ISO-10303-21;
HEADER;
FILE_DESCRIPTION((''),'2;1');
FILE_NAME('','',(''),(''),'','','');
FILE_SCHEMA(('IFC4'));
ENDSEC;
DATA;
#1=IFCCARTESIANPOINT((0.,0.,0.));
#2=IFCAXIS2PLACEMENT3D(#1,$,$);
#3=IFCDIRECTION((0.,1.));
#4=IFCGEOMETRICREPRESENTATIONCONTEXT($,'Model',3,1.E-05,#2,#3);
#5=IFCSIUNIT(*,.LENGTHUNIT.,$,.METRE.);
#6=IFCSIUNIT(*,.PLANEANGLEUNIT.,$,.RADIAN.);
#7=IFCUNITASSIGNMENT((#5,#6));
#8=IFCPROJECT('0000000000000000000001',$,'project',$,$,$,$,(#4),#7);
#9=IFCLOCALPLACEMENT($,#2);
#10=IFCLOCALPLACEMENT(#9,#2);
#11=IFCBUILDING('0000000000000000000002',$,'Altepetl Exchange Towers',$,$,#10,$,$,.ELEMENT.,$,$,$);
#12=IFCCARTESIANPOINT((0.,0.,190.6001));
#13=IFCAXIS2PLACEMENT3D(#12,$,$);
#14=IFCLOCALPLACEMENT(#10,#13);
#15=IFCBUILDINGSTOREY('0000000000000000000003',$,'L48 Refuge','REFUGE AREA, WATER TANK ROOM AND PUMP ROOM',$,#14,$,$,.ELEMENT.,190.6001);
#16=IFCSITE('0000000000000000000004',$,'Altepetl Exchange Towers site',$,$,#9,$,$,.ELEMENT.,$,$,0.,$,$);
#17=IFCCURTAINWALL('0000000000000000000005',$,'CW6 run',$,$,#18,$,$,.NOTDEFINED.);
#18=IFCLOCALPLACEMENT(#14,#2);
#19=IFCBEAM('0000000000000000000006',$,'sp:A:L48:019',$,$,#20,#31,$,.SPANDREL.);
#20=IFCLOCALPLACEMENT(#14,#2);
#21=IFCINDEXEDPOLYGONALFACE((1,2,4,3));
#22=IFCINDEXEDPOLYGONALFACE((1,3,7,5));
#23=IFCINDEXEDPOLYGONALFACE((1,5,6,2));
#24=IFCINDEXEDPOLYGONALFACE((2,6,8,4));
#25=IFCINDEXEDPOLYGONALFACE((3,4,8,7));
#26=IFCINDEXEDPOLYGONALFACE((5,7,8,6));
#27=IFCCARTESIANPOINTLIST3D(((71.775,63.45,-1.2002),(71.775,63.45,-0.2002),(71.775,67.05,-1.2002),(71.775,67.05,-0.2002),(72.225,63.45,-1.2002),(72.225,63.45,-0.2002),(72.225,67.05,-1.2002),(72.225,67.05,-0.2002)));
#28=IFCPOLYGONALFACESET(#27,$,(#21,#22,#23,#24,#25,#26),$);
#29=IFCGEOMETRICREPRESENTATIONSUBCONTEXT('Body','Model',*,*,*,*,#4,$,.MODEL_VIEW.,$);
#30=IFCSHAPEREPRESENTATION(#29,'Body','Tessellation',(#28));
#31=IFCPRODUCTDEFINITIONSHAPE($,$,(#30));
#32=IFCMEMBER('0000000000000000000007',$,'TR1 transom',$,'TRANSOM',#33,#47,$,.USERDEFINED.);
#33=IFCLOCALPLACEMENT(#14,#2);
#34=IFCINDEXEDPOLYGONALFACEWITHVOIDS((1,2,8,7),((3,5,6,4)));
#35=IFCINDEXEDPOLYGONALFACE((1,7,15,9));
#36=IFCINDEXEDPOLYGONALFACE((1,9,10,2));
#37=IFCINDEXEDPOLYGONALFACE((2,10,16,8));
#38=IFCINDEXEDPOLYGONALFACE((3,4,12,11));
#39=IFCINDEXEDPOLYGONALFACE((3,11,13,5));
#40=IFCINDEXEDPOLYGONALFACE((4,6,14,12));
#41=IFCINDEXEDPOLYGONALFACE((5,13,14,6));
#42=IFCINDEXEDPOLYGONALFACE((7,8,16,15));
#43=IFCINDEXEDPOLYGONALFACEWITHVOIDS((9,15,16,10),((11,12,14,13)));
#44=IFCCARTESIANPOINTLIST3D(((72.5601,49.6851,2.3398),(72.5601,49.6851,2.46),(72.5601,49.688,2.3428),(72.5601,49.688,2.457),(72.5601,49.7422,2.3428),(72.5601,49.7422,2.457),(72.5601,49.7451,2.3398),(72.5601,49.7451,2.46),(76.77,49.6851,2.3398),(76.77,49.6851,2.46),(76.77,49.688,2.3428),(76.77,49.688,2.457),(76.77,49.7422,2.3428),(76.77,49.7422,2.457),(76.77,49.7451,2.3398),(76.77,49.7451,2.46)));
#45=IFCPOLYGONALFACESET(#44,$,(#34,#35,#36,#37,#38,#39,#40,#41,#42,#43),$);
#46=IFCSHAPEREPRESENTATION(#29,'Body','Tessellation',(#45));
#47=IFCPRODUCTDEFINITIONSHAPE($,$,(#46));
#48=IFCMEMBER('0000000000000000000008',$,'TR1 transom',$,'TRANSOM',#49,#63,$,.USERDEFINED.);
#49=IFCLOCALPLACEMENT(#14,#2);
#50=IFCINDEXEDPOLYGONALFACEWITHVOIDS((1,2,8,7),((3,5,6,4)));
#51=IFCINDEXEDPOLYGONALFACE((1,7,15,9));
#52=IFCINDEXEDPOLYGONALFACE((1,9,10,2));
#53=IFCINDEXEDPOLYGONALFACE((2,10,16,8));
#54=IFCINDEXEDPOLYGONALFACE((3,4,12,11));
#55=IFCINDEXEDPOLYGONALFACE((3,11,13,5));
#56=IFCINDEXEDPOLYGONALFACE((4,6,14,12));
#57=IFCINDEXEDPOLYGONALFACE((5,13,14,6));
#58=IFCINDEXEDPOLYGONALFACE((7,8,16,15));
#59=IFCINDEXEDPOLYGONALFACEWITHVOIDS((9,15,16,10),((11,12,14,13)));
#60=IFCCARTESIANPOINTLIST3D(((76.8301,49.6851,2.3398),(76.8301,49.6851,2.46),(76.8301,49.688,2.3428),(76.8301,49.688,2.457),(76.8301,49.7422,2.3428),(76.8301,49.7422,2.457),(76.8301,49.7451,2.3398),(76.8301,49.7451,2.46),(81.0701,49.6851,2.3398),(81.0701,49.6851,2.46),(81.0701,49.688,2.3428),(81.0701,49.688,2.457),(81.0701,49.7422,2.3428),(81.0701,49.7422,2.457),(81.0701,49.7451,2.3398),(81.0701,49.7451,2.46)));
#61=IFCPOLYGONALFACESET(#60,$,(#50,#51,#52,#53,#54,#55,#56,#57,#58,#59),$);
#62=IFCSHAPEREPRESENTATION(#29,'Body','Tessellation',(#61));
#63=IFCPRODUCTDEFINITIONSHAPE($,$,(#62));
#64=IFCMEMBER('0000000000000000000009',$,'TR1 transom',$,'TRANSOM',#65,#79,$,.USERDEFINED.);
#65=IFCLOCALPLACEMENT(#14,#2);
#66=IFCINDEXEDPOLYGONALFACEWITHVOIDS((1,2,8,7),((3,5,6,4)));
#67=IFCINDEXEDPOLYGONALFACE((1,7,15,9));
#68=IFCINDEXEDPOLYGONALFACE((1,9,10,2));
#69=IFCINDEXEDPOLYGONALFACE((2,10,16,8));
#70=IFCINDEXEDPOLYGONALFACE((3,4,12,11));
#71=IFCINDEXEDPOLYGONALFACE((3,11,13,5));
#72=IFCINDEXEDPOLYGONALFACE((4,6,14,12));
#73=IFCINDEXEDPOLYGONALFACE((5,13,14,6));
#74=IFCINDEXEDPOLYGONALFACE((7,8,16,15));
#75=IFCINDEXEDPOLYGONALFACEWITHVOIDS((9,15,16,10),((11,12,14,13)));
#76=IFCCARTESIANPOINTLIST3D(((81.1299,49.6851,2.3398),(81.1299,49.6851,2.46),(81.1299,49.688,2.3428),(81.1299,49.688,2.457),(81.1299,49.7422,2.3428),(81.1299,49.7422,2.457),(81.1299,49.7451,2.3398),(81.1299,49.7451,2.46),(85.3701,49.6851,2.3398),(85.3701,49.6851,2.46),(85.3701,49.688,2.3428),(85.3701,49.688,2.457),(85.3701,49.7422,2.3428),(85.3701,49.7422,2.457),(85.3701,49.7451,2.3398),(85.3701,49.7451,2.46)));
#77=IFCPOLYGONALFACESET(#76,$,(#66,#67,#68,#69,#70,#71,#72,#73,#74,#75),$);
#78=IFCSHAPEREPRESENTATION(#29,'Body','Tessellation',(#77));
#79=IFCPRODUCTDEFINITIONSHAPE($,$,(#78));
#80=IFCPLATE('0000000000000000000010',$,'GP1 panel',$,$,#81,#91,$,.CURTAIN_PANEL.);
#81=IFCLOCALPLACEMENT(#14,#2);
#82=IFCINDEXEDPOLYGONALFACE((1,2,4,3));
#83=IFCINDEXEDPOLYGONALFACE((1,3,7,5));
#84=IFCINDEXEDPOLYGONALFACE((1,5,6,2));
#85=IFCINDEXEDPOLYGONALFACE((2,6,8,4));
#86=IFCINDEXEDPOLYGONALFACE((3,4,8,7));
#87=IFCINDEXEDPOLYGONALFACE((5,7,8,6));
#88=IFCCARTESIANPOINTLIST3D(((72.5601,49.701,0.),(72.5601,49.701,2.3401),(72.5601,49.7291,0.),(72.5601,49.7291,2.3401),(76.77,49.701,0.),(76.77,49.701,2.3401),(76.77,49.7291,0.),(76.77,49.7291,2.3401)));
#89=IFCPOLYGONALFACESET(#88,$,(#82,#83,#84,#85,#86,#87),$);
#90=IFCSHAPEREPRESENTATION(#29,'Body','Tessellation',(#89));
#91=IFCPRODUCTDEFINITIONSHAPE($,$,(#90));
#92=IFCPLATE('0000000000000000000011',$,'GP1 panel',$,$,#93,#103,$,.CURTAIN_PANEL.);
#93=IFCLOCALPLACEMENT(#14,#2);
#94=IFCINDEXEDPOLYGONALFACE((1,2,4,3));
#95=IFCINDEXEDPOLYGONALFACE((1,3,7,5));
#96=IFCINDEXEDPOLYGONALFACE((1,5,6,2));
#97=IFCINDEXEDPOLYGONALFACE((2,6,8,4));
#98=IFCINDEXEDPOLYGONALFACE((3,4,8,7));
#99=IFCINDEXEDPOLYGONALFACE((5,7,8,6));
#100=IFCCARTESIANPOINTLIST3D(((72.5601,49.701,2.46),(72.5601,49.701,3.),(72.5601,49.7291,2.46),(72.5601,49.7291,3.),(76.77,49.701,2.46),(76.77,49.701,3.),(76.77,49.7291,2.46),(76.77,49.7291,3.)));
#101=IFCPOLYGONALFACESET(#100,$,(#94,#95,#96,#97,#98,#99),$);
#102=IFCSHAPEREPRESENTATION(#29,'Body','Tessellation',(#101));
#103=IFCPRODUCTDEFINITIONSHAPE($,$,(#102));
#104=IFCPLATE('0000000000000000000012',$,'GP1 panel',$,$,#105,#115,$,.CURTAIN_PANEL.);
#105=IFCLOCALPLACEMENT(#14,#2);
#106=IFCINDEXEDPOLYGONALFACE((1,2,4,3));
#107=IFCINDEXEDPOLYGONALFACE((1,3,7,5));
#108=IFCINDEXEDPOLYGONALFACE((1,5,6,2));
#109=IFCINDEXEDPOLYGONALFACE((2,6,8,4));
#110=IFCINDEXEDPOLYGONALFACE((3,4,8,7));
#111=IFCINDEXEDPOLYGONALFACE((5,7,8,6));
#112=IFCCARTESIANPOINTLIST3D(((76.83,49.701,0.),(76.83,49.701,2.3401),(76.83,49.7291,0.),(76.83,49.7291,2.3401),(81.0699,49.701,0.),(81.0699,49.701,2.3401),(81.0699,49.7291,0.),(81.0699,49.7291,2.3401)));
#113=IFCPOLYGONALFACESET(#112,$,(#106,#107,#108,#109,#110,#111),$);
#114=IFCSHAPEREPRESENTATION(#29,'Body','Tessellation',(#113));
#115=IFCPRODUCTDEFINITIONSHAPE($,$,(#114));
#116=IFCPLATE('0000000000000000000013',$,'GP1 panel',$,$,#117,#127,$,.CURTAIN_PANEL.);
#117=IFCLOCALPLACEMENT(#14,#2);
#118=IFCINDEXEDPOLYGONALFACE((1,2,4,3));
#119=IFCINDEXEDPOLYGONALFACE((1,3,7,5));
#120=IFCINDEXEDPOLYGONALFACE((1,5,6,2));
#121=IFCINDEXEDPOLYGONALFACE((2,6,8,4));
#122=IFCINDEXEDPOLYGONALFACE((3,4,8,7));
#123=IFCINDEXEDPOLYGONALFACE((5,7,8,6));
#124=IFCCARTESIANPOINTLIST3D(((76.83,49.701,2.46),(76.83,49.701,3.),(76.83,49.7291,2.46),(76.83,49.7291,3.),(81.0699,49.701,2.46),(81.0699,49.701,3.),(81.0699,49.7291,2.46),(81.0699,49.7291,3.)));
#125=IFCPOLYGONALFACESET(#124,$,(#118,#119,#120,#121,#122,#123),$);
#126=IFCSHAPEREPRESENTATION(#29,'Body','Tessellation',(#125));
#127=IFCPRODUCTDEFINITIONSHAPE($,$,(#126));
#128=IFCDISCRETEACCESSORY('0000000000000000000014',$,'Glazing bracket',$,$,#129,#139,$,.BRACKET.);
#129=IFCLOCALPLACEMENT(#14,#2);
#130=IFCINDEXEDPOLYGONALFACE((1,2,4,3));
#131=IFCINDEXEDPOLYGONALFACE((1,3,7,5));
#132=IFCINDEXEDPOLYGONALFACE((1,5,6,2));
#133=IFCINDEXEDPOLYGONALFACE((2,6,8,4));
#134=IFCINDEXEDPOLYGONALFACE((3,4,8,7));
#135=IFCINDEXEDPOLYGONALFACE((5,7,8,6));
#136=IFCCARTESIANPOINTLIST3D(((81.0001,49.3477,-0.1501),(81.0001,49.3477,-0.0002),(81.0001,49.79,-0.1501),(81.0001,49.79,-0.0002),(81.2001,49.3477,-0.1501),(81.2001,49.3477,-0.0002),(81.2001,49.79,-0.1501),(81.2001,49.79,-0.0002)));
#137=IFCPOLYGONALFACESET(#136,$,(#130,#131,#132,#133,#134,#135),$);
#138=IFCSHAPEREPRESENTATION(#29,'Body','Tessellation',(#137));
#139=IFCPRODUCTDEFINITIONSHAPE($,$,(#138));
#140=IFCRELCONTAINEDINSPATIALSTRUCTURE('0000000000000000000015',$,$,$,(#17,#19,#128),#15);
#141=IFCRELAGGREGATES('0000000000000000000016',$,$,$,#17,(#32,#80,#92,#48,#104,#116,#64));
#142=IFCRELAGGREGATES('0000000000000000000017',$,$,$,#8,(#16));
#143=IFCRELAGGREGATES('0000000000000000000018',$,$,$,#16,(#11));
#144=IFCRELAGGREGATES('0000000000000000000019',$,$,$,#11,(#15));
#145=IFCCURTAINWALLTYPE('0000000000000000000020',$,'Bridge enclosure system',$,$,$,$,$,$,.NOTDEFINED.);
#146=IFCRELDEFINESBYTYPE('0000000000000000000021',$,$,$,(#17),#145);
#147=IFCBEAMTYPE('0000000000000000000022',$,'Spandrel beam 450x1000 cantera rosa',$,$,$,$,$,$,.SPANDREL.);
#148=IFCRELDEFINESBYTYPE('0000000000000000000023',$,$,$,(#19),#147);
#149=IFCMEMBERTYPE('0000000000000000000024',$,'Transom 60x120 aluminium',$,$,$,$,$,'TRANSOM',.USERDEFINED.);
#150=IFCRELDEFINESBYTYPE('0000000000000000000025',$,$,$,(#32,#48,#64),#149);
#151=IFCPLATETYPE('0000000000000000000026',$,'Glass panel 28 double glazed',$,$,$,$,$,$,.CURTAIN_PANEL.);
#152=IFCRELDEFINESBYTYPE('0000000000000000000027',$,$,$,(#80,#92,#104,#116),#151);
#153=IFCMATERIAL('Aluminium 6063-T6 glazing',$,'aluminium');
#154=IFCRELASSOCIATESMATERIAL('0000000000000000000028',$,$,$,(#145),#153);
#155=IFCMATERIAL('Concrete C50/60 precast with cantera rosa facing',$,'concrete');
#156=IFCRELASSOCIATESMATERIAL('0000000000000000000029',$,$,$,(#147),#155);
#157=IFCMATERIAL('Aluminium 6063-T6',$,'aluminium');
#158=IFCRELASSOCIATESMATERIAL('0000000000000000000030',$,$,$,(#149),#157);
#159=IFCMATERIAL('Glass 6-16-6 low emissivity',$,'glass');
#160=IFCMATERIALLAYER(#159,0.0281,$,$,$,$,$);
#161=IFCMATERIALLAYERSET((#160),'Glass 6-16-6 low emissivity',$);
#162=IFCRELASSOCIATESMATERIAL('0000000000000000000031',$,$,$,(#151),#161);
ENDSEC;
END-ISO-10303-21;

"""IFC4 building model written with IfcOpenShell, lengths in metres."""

from ifc_helpers import new_model, si_unit, direction, frame, origin, origin_2d, place, context, subcontext, project, spatial, rectangle, hollow_rectangle, extrude, material, layer, layer_set, material_profile, profile_set, type_object, element, aggregate, save


model = new_model("IFC4")

# Units and contexts
model_context = context("Model", 3, precision=1e-05, world=origin(), true_north=direction((0.0, 1.0)))
body_context = subcontext(model_context, "Body", "Model", "MODEL_VIEW")
ifc_project = project(units=[si_unit("LENGTHUNIT", "METRE"), si_unit("PLANEANGLEUNIT", "RADIAN")], contexts=[model_context])

# Site, building, storey
site_placement = place(None, origin())
site = spatial("IfcSite", under=ifc_project, at=site_placement, Name="Altepetl Exchange Towers site", CompositionType="ELEMENT", RefElevation=0.0)
building_placement = place(site_placement, origin())
building = spatial("IfcBuilding", under=site, at=building_placement, Name="Altepetl Exchange Towers", CompositionType="ELEMENT")
storey_placement = place(building_placement, frame((0.0, 0.0, 190.6001)))
storey = spatial("IfcBuildingStorey", under=building, at=storey_placement, Name="L48 Refuge", Description="REFUGE AREA, WATER TANK ROOM AND PUMP ROOM", CompositionType="ELEMENT", Elevation=190.6001)

# Curtain wall
ifc_material_1 = material(Name="Aluminium 6063-T6 glazing", Category="aluminium")
curtain_wall_type = type_object("IfcCurtainWallType", Name="Bridge enclosure system", PredefinedType="NOTDEFINED", material=ifc_material_1)
curtain_wall_placement = place(storey_placement, origin())
curtain_wall = element("IfcCurtainWall", 1, at=curtain_wall_placement, inside=storey, type_object=curtain_wall_type, Name="CW6 run", PredefinedType="NOTDEFINED")
ifc_material_2 = material(Name="Aluminium 6063-T6", Category="aluminium")

# Beam
ifc_material_3 = material(Name="Concrete C50/60 precast with cantera rosa facing", Category="concrete")
ifc_material_profile_1 = material_profile(ifc_material_3, rectangle(XDim=0.45, YDim=1.0, at=origin_2d()), Name="450 x 1000")
ifc_profile_set_1 = profile_set([ifc_material_profile_1], Name="Concrete C50/60 precast with cantera rosa facing")
beam_type_1 = type_object("IfcBeamType", Name="Spandrel beam 450x1000 cantera rosa", PredefinedType="SPANDREL", material=ifc_profile_set_1)
for number, where, z_axis, x_axis, name in (
    (2, (72.0, 63.45, -0.7002), (0.0, 1.0, 0.0), (-1.0, 0.0, 0.0), "sp:A:L48:019"),
):
    element("IfcBeam", number, at=place(storey_placement, frame(where, z_axis=z_axis, x_axis=x_axis)), inside=storey, type_object=beam_type_1, Name=name, PredefinedType="SPANDREL", context=body_context, shape_type="SweptSolid", body=[
        extrude(rectangle(XDim=0.45, YDim=1.0, at=origin_2d()), origin(), (0.0, 0.0, 1.0), 3.6001),
    ])

# Members
ifc_material_profile_2 = material_profile(ifc_material_2, hollow_rectangle(XDim=0.0601, YDim=0.1201, WallThickness=0.0029, at=origin_2d()), Name="Transom 60x120 aluminium")
ifc_profile_set_2 = profile_set([ifc_material_profile_2], Name="Aluminium 6063-T6")
member_type_1 = type_object("IfcMemberType", Name="Transom 60x120 aluminium", ElementType="TRANSOM", PredefinedType="USERDEFINED", material=ifc_profile_set_2)
member_1_placement = place(storey_placement, frame((72.5601, 49.7151, 2.3999), z_axis=(1.0, 0.0, 0.0), x_axis=(0.0, 1.0, 0.0)))
member_1 = element("IfcMember", 3, at=member_1_placement, type_object=member_type_1, Name="TR1 transom", ObjectType="TRANSOM", PredefinedType="USERDEFINED", context=body_context, shape_type="SweptSolid", body=[
    extrude(hollow_rectangle(XDim=0.0601, YDim=0.1201, WallThickness=0.0029, at=origin_2d()), origin(), (0.0, 0.0, 1.0), 4.21),
])
member_2_placement = place(storey_placement, frame((76.8301, 49.7151, 2.3999), z_axis=(1.0, 0.0, 0.0), x_axis=(0.0, 1.0, 0.0)))
member_2 = element("IfcMember", 4, at=member_2_placement, type_object=member_type_1, Name="TR1 transom", ObjectType="TRANSOM", PredefinedType="USERDEFINED", context=body_context, shape_type="SweptSolid", body=[
    extrude(hollow_rectangle(XDim=0.0601, YDim=0.1201, WallThickness=0.0029, at=origin_2d()), origin(), (0.0, 0.0, 1.0), 4.24),
])
member_3_placement = place(storey_placement, frame((81.1299, 49.7151, 2.3999), z_axis=(1.0, 0.0, 0.0), x_axis=(0.0, 1.0, 0.0)))
member_3 = element("IfcMember", 5, at=member_3_placement, type_object=member_type_1, Name="TR1 transom", ObjectType="TRANSOM", PredefinedType="USERDEFINED", context=body_context, shape_type="SweptSolid", body=[
    extrude(hollow_rectangle(XDim=0.0601, YDim=0.1201, WallThickness=0.0029, at=origin_2d()), origin(), (0.0, 0.0, 1.0), 4.2402),
])

# Plates
ifc_material_4 = material(Name="Glass 6-16-6 low emissivity", Category="glass")
ifc_layer = layer(ifc_material_4, 0.0281)
ifc_layer_set = layer_set([ifc_layer], Name="Glass 6-16-6 low emissivity")
plate_type = type_object("IfcPlateType", Name="Glass panel 28 double glazed", PredefinedType="CURTAIN_PANEL", material=ifc_layer_set)
plate_1_placement = place(storey_placement, frame((74.665, 49.7151, 0.0)))
plate_1 = element("IfcPlate", 6, at=plate_1_placement, type_object=plate_type, Name="GP1 panel", PredefinedType="CURTAIN_PANEL", context=body_context, shape_type="SweptSolid", body=[
    extrude(rectangle(XDim=4.21, YDim=0.0281, at=origin_2d()), origin(), (0.0, 0.0, 1.0), 2.3401),
])
plate_2_placement = place(storey_placement, frame((74.665, 49.7151, 2.46)))
plate_2 = element("IfcPlate", 7, at=plate_2_placement, type_object=plate_type, Name="GP1 panel", PredefinedType="CURTAIN_PANEL", context=body_context, shape_type="SweptSolid", body=[
    extrude(rectangle(XDim=4.21, YDim=0.0281, at=origin_2d()), origin(), (0.0, 0.0, 1.0), 0.54),
])
plate_3_placement = place(storey_placement, frame((78.95, 49.7151, 0.0)))
plate_3 = element("IfcPlate", 8, at=plate_3_placement, type_object=plate_type, Name="GP1 panel", PredefinedType="CURTAIN_PANEL", context=body_context, shape_type="SweptSolid", body=[
    extrude(rectangle(XDim=4.24, YDim=0.0281, at=origin_2d()), origin(), (0.0, 0.0, 1.0), 2.3401),
])
plate_4_placement = place(storey_placement, frame((78.95, 49.7151, 2.46)))
plate_4 = element("IfcPlate", 9, at=plate_4_placement, type_object=plate_type, Name="GP1 panel", PredefinedType="CURTAIN_PANEL", context=body_context, shape_type="SweptSolid", body=[
    extrude(rectangle(XDim=4.24, YDim=0.0281, at=origin_2d()), origin(), (0.0, 0.0, 1.0), 0.54),
])
aggregate(curtain_wall, [member_1, plate_1, plate_2, member_2, plate_3, plate_4, member_3])

# Discrete accessory
discrete_accessory_placement = place(storey_placement, frame((81.1001, 49.5688, -0.1501)))
element("IfcDiscreteAccessory", 10, at=discrete_accessory_placement, inside=storey, Name="Glazing bracket", PredefinedType="BRACKET", context=body_context, shape_type="SweptSolid", body=[
    extrude(rectangle(XDim=0.2, YDim=0.4424, at=origin_2d()), origin(), (0.0, 0.0, 1.0), 0.1499),
])

save(model, "model.ifc")
